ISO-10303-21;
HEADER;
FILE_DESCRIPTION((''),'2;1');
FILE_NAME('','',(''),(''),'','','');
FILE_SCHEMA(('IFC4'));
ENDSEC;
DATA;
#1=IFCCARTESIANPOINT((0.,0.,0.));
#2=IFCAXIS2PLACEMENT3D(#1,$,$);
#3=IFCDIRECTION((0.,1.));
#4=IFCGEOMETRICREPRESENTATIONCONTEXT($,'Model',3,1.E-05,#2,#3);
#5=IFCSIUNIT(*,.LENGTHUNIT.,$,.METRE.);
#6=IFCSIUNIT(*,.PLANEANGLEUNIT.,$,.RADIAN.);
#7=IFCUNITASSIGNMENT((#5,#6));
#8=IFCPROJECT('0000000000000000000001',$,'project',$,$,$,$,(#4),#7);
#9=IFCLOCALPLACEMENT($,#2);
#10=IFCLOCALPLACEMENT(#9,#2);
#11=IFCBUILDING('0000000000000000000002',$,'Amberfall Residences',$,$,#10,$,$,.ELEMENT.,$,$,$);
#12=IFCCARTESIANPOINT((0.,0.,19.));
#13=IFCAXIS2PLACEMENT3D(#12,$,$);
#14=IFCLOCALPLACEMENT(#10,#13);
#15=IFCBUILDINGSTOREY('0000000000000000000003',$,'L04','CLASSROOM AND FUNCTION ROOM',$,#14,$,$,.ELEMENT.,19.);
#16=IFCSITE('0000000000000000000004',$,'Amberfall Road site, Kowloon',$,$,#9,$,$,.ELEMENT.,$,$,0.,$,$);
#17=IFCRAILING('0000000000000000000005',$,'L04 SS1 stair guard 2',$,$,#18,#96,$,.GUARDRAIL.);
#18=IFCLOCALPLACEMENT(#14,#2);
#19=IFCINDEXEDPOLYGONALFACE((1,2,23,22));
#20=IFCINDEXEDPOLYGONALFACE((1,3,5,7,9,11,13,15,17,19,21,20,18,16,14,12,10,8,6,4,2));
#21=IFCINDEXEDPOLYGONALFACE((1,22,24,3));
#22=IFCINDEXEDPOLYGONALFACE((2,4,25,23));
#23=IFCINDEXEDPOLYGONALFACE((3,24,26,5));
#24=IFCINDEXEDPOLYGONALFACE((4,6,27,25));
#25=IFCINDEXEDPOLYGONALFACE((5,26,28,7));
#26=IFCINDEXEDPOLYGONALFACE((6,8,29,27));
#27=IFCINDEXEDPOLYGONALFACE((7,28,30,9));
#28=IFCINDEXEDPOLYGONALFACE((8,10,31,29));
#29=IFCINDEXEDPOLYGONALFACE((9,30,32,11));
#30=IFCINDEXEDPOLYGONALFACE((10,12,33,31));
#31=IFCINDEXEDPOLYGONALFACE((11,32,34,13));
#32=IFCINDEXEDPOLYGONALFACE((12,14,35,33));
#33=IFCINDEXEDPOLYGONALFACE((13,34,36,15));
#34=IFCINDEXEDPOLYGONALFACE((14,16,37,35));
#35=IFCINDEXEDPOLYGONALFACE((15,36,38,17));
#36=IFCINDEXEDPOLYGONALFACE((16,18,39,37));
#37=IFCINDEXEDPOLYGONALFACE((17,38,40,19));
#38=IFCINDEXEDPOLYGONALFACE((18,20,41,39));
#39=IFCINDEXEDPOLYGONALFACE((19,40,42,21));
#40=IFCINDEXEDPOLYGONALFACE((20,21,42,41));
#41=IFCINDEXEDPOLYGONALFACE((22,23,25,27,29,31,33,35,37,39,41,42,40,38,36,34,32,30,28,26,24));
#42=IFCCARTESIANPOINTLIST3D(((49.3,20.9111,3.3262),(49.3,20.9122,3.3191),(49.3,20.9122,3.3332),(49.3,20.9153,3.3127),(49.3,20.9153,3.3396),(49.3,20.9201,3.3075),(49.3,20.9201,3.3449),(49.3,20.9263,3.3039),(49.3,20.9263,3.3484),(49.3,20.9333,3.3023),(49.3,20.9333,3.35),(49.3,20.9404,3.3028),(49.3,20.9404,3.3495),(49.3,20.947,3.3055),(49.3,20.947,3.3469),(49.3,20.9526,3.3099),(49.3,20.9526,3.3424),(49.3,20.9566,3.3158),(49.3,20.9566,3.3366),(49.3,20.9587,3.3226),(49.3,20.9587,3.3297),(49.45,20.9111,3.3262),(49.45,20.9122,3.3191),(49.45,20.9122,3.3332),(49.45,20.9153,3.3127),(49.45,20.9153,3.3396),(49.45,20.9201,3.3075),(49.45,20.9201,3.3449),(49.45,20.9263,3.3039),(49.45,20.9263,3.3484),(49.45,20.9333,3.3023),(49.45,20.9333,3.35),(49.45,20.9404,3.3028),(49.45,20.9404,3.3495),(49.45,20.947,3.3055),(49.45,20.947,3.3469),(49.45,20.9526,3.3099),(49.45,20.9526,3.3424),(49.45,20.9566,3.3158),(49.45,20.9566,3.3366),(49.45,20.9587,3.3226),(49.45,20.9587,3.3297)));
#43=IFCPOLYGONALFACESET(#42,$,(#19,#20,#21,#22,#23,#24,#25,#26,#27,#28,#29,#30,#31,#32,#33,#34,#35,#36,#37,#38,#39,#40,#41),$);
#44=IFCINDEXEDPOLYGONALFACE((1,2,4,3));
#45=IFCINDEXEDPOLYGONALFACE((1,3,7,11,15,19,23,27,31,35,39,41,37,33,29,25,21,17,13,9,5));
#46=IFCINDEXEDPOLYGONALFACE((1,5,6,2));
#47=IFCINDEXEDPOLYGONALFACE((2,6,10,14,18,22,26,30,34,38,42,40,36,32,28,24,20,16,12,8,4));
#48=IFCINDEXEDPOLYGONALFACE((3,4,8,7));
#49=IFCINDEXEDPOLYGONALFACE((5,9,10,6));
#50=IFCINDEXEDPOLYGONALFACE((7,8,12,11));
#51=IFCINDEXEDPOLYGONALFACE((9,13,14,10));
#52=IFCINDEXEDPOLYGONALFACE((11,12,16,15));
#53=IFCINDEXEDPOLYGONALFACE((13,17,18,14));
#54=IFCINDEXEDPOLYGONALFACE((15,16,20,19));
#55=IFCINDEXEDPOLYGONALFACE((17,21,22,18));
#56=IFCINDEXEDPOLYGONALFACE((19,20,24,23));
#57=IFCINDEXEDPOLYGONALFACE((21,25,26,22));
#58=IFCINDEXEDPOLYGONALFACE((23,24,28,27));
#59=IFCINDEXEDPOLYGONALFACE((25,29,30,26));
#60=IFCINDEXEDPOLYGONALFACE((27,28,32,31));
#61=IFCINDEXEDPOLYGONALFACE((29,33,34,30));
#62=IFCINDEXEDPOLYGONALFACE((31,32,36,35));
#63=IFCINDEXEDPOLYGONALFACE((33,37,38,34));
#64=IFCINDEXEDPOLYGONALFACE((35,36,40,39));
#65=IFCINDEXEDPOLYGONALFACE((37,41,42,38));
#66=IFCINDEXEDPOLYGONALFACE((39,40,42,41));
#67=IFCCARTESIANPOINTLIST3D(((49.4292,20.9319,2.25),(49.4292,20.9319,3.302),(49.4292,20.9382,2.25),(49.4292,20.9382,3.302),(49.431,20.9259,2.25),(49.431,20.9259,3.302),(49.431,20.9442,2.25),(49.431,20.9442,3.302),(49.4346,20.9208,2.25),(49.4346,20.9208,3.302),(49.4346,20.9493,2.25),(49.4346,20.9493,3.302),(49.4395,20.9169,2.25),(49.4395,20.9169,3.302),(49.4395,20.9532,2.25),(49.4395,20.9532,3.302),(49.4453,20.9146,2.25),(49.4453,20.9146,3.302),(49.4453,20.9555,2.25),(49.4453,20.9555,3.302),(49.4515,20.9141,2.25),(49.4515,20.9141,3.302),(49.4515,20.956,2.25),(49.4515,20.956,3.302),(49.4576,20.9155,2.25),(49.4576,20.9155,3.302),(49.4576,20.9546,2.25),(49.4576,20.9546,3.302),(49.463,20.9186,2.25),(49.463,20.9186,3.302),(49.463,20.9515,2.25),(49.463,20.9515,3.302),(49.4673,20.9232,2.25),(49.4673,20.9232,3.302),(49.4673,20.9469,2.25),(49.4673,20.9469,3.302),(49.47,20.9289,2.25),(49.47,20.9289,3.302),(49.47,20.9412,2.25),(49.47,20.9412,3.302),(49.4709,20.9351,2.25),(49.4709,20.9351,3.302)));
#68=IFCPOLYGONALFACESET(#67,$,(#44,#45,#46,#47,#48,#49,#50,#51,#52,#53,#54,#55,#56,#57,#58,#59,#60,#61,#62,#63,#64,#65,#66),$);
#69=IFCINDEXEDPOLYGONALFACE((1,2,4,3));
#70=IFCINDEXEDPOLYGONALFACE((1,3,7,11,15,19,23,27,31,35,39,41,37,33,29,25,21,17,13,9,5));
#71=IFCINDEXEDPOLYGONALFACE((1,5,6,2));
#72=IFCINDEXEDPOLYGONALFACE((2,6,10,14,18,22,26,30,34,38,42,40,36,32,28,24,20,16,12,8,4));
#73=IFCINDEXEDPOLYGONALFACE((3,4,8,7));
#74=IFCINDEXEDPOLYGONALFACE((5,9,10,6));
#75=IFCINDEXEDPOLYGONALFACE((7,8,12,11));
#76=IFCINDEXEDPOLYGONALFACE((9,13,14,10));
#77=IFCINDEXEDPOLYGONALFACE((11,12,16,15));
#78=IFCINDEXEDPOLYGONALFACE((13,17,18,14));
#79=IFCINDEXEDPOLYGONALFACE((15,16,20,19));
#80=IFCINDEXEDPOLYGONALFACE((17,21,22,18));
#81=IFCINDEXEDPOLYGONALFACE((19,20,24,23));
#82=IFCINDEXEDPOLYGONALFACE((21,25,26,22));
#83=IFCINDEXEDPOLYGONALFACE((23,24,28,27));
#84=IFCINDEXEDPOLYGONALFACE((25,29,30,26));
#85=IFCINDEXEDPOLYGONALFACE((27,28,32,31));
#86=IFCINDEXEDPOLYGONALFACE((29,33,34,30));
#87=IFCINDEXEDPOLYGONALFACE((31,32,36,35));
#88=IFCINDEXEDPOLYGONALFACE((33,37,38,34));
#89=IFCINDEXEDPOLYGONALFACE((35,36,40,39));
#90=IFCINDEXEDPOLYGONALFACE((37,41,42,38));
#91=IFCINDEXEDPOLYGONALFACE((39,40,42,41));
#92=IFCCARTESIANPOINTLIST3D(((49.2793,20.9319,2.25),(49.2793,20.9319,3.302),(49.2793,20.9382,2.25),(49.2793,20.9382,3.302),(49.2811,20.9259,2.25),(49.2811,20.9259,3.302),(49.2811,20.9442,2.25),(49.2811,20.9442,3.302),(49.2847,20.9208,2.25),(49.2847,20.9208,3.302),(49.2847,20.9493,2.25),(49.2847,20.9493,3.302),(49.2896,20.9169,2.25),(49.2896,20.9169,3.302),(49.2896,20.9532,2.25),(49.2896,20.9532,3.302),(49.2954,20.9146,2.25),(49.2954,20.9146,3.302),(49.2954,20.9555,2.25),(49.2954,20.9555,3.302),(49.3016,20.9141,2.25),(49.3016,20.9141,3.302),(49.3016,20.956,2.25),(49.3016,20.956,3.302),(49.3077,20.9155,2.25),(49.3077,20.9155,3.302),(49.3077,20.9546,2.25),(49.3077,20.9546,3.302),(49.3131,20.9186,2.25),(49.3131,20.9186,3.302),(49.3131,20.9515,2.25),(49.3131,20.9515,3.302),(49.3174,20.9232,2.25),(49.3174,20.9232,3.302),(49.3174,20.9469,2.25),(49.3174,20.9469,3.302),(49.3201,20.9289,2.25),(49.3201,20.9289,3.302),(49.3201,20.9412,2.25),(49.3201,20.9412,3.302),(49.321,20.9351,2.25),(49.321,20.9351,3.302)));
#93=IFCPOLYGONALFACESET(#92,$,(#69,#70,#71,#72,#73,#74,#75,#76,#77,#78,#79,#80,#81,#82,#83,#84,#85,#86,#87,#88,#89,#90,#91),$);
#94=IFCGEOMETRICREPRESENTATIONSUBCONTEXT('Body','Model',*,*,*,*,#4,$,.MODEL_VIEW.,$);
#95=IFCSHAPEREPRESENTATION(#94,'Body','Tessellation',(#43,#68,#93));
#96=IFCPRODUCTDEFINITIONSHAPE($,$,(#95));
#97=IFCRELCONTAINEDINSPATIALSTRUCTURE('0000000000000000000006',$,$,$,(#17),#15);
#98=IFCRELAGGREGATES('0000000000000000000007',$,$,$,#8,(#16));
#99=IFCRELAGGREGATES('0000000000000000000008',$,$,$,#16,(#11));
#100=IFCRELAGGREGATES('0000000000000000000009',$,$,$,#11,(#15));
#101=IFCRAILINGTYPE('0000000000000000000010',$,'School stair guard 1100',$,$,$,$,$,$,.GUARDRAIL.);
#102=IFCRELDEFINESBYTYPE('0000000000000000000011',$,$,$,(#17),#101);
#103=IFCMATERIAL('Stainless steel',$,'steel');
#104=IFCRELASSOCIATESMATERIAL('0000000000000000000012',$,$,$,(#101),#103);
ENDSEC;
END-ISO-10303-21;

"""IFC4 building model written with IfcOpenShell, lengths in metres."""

from ifc_helpers import new_model, si_unit, direction, frame, origin, origin_2d, place, context, subcontext, project, spatial, circle, extrude, material, type_object, element, save


model = new_model("IFC4")

# Units and contexts
model_context = context("Model", 3, precision=1e-05, world=origin(), true_north=direction((0.0, 1.0)))
body_context = subcontext(model_context, "Body", "Model", "MODEL_VIEW")
ifc_project = project(units=[si_unit("LENGTHUNIT", "METRE"), si_unit("PLANEANGLEUNIT", "RADIAN")], contexts=[model_context])

# Site, building, storey
site_placement = place(None, origin())
site = spatial("IfcSite", under=ifc_project, at=site_placement, Name="Amberfall Road site, Kowloon", CompositionType="ELEMENT", RefElevation=0.0)
building_placement = place(site_placement, origin())
building = spatial("IfcBuilding", under=site, at=building_placement, Name="Amberfall Residences", CompositionType="ELEMENT")
storey_placement = place(building_placement, frame((0.0, 0.0, 19.0)))
storey = spatial("IfcBuildingStorey", under=building, at=storey_placement, Name="L04", Description="CLASSROOM AND FUNCTION ROOM", CompositionType="ELEMENT", Elevation=19.0)

# Railing
ifc_material_1 = material(Name="Stainless steel", Category="steel")
railing_type_1 = type_object("IfcRailingType", Name="School stair guard 1100", PredefinedType="GUARDRAIL", material=ifc_material_1)
railing_1_placement = place(storey_placement, frame((49.45, 20.9351, 2.25)))
element("IfcRailing", 1, at=railing_1_placement, inside=storey, type_object=railing_type_1, Name="L04 SS1 stair guard 2", PredefinedType="GUARDRAIL", context=body_context, shape_type="SweptSolid", body=[
    extrude(circle(Radius=0.0239, at=origin_2d()), frame((0.0, 0.0, 1.0762), z_axis=(-1.0, 0.0, 0.0), x_axis=(0.0, -1.0, 0.0)), (0.0, 0.0, 1.0), 0.1499),
    extrude(circle(Radius=0.021, at=origin_2d()), origin(), (0.0, 0.0, 1.0), 1.052),
    extrude(circle(Radius=0.021, at=origin_2d()), frame((-0.1499, 0.0, 0.0)), (0.0, 0.0, 1.0), 1.052),
])

save(model, "model.ifc")
